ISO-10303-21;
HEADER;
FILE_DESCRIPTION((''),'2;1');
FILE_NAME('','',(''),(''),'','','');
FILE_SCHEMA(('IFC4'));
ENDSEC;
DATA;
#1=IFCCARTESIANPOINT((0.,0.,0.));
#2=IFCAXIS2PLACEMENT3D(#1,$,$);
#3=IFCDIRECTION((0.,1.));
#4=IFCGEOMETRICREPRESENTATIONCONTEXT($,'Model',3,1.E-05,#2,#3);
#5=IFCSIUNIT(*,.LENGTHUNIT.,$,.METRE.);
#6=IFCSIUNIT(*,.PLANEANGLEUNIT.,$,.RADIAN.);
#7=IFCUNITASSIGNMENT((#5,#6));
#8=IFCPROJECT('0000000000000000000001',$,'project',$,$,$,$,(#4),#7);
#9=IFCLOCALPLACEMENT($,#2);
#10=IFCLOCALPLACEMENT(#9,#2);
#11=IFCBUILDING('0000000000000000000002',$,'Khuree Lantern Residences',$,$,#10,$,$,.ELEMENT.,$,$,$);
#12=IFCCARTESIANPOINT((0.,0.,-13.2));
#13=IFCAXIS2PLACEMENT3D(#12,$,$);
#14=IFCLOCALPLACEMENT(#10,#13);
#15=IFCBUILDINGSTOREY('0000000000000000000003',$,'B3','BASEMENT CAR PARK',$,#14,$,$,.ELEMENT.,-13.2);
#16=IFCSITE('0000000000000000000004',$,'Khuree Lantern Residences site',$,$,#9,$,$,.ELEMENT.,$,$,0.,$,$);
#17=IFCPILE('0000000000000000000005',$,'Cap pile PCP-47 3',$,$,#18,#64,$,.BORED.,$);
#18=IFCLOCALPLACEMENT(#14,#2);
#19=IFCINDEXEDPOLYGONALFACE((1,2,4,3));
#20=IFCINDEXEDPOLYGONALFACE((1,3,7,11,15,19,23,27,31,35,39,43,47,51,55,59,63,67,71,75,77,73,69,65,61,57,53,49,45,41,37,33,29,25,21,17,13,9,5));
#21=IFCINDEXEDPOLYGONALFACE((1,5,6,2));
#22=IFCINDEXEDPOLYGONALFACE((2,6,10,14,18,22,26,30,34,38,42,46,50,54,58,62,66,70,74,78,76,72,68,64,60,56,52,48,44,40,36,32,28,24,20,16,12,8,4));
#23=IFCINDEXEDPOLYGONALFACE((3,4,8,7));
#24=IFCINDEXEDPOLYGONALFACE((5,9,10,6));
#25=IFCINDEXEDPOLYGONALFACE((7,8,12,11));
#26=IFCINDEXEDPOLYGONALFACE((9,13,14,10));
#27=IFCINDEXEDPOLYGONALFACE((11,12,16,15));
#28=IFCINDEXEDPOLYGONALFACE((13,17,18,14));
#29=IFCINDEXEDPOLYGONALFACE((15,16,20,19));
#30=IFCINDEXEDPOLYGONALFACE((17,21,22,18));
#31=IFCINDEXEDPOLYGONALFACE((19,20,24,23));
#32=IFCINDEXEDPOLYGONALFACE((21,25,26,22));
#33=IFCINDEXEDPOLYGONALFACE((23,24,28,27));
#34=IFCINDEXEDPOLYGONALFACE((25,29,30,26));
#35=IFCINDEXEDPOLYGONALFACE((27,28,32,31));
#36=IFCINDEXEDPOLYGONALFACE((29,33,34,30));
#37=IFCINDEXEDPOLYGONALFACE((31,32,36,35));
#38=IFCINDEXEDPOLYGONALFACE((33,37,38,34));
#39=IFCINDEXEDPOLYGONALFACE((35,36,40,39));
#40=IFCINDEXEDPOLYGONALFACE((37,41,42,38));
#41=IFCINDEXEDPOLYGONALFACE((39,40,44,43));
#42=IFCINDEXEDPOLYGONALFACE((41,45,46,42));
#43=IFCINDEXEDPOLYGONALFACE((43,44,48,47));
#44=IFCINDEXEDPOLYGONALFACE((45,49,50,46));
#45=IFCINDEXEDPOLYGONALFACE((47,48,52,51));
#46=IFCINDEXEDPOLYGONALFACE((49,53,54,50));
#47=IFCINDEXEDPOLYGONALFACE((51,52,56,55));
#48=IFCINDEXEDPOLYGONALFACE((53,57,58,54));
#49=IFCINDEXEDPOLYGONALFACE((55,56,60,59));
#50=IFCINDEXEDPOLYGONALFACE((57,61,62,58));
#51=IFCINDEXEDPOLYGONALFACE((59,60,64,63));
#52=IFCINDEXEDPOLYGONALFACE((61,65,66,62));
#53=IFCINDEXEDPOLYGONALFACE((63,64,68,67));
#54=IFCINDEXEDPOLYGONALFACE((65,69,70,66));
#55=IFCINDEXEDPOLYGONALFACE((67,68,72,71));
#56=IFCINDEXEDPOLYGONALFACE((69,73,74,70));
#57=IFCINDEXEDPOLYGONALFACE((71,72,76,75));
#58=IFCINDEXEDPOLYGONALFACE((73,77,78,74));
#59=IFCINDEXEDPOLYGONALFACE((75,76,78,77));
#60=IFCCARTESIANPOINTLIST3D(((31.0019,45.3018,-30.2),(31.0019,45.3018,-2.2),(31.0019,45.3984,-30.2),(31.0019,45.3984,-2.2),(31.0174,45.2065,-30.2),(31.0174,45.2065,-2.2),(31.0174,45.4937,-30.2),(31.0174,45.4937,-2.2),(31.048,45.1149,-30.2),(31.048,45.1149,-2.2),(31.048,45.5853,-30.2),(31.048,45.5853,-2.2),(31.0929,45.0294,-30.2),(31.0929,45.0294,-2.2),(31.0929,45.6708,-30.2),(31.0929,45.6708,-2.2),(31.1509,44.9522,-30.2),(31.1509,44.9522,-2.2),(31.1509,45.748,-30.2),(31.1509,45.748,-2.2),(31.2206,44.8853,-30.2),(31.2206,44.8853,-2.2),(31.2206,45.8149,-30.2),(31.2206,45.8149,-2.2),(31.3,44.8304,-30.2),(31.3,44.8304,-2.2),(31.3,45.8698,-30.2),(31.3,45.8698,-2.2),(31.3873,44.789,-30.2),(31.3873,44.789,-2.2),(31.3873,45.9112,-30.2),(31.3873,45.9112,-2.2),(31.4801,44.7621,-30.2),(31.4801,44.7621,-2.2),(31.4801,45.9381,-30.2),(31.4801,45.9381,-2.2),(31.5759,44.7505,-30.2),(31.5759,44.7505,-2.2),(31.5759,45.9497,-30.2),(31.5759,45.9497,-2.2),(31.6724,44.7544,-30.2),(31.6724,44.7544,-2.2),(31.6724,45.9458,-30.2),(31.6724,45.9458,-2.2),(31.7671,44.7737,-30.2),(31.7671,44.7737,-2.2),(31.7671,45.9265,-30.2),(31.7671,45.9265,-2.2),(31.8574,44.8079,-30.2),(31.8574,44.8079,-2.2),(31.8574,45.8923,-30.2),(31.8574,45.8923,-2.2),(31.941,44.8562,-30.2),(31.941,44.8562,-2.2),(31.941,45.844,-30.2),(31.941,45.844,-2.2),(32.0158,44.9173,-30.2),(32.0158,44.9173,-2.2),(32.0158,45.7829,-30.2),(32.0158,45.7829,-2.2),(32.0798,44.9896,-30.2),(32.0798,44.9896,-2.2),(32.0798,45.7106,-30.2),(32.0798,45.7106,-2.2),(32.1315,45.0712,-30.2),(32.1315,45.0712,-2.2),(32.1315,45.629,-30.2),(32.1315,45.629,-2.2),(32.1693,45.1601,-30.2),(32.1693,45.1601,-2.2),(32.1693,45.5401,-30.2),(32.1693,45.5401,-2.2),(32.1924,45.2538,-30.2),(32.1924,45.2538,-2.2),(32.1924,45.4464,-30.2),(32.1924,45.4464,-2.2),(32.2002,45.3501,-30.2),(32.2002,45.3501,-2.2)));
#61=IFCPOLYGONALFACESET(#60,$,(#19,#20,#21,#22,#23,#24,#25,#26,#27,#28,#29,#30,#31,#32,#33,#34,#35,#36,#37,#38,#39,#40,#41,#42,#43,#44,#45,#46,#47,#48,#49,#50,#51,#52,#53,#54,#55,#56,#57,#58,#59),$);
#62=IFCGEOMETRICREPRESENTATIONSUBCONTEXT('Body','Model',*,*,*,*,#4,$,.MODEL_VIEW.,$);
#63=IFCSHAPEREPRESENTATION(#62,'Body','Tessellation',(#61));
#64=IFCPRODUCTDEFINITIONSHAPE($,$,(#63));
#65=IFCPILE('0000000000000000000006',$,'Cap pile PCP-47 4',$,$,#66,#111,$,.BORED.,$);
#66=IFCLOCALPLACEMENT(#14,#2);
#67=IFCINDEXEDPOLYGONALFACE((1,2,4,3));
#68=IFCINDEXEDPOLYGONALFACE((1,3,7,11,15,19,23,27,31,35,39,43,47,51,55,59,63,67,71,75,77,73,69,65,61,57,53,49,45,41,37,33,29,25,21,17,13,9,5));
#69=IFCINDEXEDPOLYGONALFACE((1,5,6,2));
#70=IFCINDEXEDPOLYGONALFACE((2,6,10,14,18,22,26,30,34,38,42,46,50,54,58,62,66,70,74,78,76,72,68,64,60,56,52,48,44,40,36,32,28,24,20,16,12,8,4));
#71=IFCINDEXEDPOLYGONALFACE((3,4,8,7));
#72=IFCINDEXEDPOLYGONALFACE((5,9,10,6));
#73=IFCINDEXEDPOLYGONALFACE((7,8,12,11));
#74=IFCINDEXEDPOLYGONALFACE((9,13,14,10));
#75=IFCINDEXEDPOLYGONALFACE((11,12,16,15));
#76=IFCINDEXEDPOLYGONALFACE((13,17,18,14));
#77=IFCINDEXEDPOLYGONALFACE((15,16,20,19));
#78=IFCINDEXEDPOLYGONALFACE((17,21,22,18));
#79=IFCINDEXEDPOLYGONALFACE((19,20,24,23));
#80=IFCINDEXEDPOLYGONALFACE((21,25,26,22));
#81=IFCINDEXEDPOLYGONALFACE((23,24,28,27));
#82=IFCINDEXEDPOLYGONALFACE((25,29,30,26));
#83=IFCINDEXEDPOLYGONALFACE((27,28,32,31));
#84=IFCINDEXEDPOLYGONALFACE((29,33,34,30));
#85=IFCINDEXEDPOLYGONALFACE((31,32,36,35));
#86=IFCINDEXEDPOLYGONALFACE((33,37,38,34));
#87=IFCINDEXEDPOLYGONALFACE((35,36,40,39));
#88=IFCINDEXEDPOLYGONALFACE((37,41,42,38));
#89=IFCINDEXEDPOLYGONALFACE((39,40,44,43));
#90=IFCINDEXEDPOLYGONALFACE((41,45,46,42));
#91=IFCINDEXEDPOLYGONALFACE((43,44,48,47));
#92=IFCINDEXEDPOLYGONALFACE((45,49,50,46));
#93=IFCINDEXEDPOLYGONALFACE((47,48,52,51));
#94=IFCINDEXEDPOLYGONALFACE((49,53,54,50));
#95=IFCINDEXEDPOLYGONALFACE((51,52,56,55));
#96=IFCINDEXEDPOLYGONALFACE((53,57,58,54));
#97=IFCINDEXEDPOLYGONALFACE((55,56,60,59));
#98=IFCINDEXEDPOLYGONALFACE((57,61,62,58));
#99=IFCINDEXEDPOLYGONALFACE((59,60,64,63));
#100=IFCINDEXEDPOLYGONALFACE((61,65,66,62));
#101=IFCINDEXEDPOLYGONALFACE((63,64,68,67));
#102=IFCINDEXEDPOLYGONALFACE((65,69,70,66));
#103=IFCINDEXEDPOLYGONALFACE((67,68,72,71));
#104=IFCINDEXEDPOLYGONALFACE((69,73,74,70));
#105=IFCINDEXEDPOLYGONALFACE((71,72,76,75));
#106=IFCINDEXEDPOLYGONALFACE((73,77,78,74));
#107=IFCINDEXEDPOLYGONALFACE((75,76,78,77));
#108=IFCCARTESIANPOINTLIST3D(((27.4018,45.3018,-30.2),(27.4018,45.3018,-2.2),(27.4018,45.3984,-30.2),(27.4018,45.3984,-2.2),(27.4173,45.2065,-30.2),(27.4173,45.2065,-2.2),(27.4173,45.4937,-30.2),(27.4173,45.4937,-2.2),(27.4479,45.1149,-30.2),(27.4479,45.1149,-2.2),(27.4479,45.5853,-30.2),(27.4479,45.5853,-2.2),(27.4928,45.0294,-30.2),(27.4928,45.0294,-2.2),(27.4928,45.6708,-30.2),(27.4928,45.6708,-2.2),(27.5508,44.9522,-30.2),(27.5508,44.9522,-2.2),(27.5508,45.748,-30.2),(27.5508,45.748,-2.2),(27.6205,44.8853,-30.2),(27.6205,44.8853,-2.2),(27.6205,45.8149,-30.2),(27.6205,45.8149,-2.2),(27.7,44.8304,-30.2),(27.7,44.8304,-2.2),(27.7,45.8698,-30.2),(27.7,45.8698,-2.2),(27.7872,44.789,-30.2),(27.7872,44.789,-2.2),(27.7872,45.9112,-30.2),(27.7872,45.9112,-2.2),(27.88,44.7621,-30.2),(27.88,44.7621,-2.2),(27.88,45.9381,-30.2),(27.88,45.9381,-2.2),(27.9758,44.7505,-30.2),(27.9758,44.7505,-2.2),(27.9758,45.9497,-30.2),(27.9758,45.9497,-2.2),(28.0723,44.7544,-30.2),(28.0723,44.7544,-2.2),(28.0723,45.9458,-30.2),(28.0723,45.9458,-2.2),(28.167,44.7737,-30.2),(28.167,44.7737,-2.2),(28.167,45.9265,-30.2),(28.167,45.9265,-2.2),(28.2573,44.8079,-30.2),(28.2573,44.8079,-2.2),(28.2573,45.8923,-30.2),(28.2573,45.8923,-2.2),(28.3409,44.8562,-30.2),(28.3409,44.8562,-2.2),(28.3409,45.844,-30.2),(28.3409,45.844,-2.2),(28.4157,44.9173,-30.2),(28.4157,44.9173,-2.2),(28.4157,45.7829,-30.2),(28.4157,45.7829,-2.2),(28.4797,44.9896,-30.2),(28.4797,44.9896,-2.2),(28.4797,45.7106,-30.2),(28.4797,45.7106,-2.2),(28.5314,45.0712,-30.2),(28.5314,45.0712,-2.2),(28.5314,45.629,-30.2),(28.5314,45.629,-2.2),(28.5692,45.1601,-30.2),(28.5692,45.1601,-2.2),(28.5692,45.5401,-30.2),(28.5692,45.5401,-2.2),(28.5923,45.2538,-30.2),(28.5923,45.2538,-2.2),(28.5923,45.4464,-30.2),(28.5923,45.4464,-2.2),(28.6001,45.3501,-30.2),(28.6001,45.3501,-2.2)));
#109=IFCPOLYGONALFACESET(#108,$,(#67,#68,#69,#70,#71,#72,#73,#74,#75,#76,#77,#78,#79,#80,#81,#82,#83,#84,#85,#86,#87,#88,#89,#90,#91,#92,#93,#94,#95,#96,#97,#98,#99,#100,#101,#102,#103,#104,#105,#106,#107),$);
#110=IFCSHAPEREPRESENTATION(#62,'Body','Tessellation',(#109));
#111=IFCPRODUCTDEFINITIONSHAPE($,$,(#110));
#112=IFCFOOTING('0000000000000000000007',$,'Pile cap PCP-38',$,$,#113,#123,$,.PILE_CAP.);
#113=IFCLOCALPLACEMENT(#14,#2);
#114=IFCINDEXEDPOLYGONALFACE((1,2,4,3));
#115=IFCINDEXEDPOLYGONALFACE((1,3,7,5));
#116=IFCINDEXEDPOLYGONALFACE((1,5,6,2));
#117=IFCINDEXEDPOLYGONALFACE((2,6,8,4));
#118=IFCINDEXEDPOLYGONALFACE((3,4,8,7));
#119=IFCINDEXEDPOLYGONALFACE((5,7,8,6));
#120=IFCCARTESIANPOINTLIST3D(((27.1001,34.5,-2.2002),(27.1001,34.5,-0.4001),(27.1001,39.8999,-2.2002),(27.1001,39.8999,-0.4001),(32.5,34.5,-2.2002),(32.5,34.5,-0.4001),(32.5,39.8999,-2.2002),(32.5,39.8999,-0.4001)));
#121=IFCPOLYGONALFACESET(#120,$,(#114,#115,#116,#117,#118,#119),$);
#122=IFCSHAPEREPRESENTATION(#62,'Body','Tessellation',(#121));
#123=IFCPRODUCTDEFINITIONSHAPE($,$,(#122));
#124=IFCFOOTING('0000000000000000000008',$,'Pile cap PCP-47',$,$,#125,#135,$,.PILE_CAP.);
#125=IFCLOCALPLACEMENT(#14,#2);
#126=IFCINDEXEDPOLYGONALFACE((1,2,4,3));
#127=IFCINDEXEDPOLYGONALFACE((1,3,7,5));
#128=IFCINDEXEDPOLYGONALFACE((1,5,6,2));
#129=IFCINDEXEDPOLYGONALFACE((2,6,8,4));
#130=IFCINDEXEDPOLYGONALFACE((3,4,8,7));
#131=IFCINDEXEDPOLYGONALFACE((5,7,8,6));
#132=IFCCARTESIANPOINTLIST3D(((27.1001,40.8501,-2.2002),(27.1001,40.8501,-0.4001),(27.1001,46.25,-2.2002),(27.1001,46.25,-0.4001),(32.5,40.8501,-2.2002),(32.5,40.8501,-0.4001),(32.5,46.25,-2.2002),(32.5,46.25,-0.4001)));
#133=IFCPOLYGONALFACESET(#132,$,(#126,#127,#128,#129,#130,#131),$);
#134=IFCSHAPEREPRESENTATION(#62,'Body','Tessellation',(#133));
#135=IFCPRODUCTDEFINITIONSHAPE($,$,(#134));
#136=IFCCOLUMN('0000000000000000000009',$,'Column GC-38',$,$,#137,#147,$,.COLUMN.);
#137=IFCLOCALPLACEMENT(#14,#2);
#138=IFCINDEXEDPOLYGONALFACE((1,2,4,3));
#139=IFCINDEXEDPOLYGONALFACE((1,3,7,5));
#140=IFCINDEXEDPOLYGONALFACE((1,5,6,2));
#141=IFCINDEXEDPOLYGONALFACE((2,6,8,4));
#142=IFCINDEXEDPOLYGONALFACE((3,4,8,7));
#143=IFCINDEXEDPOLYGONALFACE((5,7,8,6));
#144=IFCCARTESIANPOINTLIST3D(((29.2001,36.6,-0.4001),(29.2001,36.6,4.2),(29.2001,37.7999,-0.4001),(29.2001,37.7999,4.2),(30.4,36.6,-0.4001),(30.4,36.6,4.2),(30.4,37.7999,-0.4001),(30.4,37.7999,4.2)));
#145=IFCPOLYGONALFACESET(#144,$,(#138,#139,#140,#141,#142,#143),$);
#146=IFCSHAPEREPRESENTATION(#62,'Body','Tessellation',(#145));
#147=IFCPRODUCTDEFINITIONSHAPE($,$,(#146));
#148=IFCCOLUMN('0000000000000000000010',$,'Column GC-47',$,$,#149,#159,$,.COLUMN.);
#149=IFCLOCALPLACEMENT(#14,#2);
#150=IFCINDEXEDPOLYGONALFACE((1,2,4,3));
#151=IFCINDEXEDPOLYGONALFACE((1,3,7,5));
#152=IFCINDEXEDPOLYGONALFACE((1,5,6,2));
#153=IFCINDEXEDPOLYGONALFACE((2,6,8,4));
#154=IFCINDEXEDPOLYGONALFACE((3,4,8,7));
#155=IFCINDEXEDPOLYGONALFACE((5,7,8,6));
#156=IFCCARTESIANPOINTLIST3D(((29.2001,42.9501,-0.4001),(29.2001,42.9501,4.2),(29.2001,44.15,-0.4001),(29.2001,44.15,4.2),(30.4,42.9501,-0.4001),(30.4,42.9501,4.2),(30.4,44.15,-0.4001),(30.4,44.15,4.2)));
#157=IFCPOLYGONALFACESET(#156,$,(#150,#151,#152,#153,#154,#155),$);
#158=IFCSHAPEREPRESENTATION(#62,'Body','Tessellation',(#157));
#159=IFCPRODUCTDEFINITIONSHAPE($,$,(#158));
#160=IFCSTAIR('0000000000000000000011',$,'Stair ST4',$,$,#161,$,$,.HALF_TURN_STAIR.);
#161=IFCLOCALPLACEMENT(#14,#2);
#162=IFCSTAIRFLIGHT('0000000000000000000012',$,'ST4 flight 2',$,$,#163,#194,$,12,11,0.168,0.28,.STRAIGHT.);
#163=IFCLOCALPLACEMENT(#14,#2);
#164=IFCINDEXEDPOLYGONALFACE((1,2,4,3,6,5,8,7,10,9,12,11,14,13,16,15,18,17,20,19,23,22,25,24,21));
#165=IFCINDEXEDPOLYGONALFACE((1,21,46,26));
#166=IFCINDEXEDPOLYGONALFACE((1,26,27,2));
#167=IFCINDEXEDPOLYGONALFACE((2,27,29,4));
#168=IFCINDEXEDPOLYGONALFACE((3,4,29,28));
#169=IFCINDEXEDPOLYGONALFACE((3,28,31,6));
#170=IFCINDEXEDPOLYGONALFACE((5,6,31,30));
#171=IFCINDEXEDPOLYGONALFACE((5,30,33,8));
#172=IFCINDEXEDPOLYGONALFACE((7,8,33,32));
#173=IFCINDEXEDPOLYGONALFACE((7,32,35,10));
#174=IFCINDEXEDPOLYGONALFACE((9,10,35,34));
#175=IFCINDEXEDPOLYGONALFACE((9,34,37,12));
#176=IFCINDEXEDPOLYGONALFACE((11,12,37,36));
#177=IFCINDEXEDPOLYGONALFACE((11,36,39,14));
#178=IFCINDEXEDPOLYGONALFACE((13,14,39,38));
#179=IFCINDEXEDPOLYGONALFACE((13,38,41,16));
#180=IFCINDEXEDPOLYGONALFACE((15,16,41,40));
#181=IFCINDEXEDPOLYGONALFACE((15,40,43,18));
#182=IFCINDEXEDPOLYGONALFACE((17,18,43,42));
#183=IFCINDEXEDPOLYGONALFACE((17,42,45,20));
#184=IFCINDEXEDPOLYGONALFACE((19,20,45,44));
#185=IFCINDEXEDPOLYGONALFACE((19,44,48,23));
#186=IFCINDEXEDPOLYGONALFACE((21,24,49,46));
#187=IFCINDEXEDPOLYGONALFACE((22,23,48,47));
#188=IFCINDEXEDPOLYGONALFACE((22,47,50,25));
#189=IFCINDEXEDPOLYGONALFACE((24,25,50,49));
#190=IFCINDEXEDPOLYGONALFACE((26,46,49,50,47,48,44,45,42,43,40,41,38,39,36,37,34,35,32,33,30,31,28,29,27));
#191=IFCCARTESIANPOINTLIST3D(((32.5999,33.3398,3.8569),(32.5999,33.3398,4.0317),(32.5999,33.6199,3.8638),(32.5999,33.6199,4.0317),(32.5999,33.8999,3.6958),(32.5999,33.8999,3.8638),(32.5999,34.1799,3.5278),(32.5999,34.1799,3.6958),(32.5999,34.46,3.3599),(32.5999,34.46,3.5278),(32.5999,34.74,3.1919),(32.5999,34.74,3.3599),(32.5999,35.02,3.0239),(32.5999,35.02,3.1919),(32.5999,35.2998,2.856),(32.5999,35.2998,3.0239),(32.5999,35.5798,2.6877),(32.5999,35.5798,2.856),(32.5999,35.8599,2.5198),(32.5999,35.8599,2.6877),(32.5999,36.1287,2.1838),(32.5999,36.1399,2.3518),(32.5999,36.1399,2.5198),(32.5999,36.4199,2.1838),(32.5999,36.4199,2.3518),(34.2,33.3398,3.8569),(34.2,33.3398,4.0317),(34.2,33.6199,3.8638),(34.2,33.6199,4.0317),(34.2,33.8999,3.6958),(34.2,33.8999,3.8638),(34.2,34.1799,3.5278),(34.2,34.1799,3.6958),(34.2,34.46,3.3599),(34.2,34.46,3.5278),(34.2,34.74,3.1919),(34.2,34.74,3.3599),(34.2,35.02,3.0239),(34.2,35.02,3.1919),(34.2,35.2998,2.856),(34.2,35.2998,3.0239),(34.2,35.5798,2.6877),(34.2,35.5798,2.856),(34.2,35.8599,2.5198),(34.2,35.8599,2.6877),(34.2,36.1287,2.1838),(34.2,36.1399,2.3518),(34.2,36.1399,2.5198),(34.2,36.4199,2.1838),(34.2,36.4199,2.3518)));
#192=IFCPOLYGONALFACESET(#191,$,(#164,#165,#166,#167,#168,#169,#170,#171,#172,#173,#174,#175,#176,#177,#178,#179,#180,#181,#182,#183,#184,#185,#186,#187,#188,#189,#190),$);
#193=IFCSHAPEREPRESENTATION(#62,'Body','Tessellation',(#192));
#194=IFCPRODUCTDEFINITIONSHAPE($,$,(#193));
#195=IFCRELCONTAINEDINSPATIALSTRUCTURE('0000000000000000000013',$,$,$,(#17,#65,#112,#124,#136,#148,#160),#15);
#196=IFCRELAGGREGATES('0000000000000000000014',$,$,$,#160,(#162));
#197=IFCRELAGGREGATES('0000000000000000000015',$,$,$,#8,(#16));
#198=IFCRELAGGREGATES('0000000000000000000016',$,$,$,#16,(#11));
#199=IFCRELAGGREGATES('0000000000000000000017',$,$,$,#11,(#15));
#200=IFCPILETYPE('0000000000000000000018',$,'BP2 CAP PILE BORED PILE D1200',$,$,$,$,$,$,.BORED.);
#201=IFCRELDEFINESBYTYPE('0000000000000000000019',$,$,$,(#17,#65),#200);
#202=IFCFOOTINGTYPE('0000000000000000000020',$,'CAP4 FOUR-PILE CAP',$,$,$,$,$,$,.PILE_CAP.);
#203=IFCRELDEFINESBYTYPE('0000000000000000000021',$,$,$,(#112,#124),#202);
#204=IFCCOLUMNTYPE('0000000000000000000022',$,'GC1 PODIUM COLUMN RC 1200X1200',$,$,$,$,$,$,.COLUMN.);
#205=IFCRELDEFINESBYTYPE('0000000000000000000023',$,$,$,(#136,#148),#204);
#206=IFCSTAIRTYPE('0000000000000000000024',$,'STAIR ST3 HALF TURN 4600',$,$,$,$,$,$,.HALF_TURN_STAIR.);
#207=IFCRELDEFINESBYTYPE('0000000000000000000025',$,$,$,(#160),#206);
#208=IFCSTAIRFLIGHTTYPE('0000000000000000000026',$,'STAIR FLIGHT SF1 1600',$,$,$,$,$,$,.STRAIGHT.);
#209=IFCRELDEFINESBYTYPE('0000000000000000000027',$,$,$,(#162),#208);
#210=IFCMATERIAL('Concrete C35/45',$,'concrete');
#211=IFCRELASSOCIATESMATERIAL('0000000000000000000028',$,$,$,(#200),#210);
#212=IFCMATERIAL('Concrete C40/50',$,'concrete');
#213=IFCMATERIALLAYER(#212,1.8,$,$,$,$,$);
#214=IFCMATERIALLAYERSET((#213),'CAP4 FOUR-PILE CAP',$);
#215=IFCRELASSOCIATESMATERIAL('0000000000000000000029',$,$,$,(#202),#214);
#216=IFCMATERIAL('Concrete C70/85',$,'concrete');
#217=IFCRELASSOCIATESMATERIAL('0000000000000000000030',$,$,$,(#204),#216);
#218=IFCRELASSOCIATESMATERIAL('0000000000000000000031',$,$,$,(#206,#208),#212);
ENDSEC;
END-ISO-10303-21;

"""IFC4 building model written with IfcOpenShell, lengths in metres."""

from ifc_helpers import new_model, si_unit, direction, frame, origin, origin_2d, place, context, subcontext, project, spatial, polyline, rectangle, circle, outline, extrude, material, layer, layer_set, material_profile, profile_set, type_object, element, aggregate, save


model = new_model("IFC4")

# Units and contexts
model_context = context("Model", 3, precision=1e-05, world=origin(), true_north=direction((0.0, 1.0)))
body_context = subcontext(model_context, "Body", "Model", "MODEL_VIEW")
ifc_project = project(units=[si_unit("LENGTHUNIT", "METRE"), si_unit("PLANEANGLEUNIT", "RADIAN")], contexts=[model_context])

# Site, building, storey
site_placement = place(None, origin())
site = spatial("IfcSite", under=ifc_project, at=site_placement, Name="Khuree Lantern Residences site", CompositionType="ELEMENT", RefElevation=0.0)
building_placement = place(site_placement, origin())
building = spatial("IfcBuilding", under=site, at=building_placement, Name="Khuree Lantern Residences", CompositionType="ELEMENT")
storey_placement = place(building_placement, frame((0.0, 0.0, -13.2)))
storey = spatial("IfcBuildingStorey", under=building, at=storey_placement, Name="B3", Description="BASEMENT CAR PARK", CompositionType="ELEMENT", Elevation=-13.2)

# Piles
ifc_material_1 = material(Name="Concrete C35/45", Category="concrete")
ifc_material_profile_1 = material_profile(ifc_material_1, circle(Radius=0.6001, at=origin_2d()), Name="BORED PILE D1200")
ifc_profile_set_1 = profile_set([ifc_material_profile_1], Name="Concrete C35/45")
pile_type_1 = type_object("IfcPileType", Name="BP2 CAP PILE BORED PILE D1200", PredefinedType="BORED", material=ifc_profile_set_1)
for number, where, z_axis, x_axis, name in (
    (1, (31.6001, 45.3501, -2.2), (0.0, 0.0, -1.0), (1.0, 0.0, 0.0), "Cap pile PCP-47 3"),
    (2, (28.0, 45.3501, -2.2), (0.0, 0.0, -1.0), (1.0, 0.0, 0.0), "Cap pile PCP-47 4"),
):
    element("IfcPile", number, at=place(storey_placement, frame(where, z_axis=z_axis, x_axis=x_axis)), inside=storey, type_object=pile_type_1, Name=name, PredefinedType="BORED", context=body_context, shape_type="SweptSolid", body=[
        extrude(circle(Radius=0.6001, at=origin_2d()), origin(), (0.0, 0.0, 1.0), 28.0),
    ])

# Footings
ifc_material_2 = material(Name="Concrete C40/50", Category="concrete")
ifc_layer = layer(ifc_material_2, 1.8)
ifc_layer_set = layer_set([ifc_layer], Name="CAP4 FOUR-PILE CAP")
footing_type = type_object("IfcFootingType", Name="CAP4 FOUR-PILE CAP", PredefinedType="PILE_CAP", material=ifc_layer_set)
for number, where, z_axis, x_axis, name in (
    (3, (29.8, 37.2, -2.2002), (0.0, 0.0, 1.0), (1.0, 0.0, 0.0), "Pile cap PCP-38"),
    (4, (29.8, 43.55, -2.2002), (0.0, 0.0, 1.0), (1.0, 0.0, 0.0), "Pile cap PCP-47"),
):
    element("IfcFooting", number, at=place(storey_placement, frame(where, z_axis=z_axis, x_axis=x_axis)), inside=storey, type_object=footing_type, Name=name, PredefinedType="PILE_CAP", context=body_context, shape_type="SweptSolid", body=[
        extrude(rectangle(XDim=5.3999, YDim=5.3999, at=origin_2d()), origin(), (0.0, 0.0, 1.0), 1.8),
    ])

# Columns
ifc_material_3 = material(Name="Concrete C70/85", Category="concrete")
ifc_material_profile_2 = material_profile(ifc_material_3, rectangle(XDim=1.2, YDim=1.2, at=origin_2d()), Name="RC 1200X1200")
ifc_profile_set_2 = profile_set([ifc_material_profile_2], Name="Concrete C70/85")
column_type = type_object("IfcColumnType", Name="GC1 PODIUM COLUMN RC 1200X1200", PredefinedType="COLUMN", material=ifc_profile_set_2)
for number, where, z_axis, x_axis, name in (
    (5, (29.8, 37.2, -0.4001), (0.0, 0.0, 1.0), (1.0, 0.0, 0.0), "Column GC-38"),
    (6, (29.8, 43.55, -0.4001), (0.0, 0.0, 1.0), (1.0, 0.0, 0.0), "Column GC-47"),
):
    element("IfcColumn", number, at=place(storey_placement, frame(where, z_axis=z_axis, x_axis=x_axis)), inside=storey, type_object=column_type, Name=name, PredefinedType="COLUMN", context=body_context, shape_type="SweptSolid", body=[
        extrude(rectangle(XDim=1.2, YDim=1.2, at=origin_2d()), origin(), (0.0, 0.0, 1.0), 4.6001),
    ])

# Stair, stair flight
stair_type = type_object("IfcStairType", Name="STAIR ST3 HALF TURN 4600", PredefinedType="HALF_TURN_STAIR", material=ifc_material_2)
stair_placement = place(storey_placement, origin())
stair = element("IfcStair", 7, at=stair_placement, inside=storey, type_object=stair_type, Name="Stair ST4", PredefinedType="HALF_TURN_STAIR")
stair_flight_type = type_object("IfcStairFlightType", Name="STAIR FLIGHT SF1 1600", PredefinedType="STRAIGHT", material=ifc_material_2)
stair_flight_placement = place(storey_placement, frame((33.3999, 36.4199, 2.1838), z_axis=(0.0, 0.0, 1.0), x_axis=(0.0, -1.0, 0.0)))
stair_flight = element("IfcStairFlight", 8, at=stair_flight_placement, type_object=stair_flight_type, Name="ST4 flight 2", NumberOfRisers=12, NumberOfTreads=11, PredefinedType="STRAIGHT", RiserHeight=0.168, TreadLength=0.28, context=body_context, shape_type="SweptSolid", body=[
    extrude(outline(polyline([(0.0, 0.0), (0.0, 0.168), (0.28, 0.168), (0.28, 0.3359), (0.5601, 0.3359), (0.5601, 0.5039), (0.8401, 0.5039), (0.8401, 0.6721), (1.1201, 0.6721), (1.1201, 0.8401), (1.3999, 0.8401), (1.3999, 1.0081), (1.6799, 1.0081), (1.6799, 1.176), (1.96, 1.176), (1.96, 1.344), (2.24, 1.344), (2.24, 1.512), (2.52, 1.512), (2.52, 1.6799), (2.8, 1.6799), (2.8, 1.8479), (3.0801, 1.8479), (3.0801, 2.0161), (3.0801, 1.6731), (0.2913, 0.0), (0.0, 0.0)])), frame((0.0, 0.8, 0.0), z_axis=(0.0, -1.0, 0.0), x_axis=(1.0, 0.0, 0.0)), (0.0, 0.0, 1.0), 1.6001),
])
aggregate(stair, [stair_flight])

save(model, "model.ifc")
